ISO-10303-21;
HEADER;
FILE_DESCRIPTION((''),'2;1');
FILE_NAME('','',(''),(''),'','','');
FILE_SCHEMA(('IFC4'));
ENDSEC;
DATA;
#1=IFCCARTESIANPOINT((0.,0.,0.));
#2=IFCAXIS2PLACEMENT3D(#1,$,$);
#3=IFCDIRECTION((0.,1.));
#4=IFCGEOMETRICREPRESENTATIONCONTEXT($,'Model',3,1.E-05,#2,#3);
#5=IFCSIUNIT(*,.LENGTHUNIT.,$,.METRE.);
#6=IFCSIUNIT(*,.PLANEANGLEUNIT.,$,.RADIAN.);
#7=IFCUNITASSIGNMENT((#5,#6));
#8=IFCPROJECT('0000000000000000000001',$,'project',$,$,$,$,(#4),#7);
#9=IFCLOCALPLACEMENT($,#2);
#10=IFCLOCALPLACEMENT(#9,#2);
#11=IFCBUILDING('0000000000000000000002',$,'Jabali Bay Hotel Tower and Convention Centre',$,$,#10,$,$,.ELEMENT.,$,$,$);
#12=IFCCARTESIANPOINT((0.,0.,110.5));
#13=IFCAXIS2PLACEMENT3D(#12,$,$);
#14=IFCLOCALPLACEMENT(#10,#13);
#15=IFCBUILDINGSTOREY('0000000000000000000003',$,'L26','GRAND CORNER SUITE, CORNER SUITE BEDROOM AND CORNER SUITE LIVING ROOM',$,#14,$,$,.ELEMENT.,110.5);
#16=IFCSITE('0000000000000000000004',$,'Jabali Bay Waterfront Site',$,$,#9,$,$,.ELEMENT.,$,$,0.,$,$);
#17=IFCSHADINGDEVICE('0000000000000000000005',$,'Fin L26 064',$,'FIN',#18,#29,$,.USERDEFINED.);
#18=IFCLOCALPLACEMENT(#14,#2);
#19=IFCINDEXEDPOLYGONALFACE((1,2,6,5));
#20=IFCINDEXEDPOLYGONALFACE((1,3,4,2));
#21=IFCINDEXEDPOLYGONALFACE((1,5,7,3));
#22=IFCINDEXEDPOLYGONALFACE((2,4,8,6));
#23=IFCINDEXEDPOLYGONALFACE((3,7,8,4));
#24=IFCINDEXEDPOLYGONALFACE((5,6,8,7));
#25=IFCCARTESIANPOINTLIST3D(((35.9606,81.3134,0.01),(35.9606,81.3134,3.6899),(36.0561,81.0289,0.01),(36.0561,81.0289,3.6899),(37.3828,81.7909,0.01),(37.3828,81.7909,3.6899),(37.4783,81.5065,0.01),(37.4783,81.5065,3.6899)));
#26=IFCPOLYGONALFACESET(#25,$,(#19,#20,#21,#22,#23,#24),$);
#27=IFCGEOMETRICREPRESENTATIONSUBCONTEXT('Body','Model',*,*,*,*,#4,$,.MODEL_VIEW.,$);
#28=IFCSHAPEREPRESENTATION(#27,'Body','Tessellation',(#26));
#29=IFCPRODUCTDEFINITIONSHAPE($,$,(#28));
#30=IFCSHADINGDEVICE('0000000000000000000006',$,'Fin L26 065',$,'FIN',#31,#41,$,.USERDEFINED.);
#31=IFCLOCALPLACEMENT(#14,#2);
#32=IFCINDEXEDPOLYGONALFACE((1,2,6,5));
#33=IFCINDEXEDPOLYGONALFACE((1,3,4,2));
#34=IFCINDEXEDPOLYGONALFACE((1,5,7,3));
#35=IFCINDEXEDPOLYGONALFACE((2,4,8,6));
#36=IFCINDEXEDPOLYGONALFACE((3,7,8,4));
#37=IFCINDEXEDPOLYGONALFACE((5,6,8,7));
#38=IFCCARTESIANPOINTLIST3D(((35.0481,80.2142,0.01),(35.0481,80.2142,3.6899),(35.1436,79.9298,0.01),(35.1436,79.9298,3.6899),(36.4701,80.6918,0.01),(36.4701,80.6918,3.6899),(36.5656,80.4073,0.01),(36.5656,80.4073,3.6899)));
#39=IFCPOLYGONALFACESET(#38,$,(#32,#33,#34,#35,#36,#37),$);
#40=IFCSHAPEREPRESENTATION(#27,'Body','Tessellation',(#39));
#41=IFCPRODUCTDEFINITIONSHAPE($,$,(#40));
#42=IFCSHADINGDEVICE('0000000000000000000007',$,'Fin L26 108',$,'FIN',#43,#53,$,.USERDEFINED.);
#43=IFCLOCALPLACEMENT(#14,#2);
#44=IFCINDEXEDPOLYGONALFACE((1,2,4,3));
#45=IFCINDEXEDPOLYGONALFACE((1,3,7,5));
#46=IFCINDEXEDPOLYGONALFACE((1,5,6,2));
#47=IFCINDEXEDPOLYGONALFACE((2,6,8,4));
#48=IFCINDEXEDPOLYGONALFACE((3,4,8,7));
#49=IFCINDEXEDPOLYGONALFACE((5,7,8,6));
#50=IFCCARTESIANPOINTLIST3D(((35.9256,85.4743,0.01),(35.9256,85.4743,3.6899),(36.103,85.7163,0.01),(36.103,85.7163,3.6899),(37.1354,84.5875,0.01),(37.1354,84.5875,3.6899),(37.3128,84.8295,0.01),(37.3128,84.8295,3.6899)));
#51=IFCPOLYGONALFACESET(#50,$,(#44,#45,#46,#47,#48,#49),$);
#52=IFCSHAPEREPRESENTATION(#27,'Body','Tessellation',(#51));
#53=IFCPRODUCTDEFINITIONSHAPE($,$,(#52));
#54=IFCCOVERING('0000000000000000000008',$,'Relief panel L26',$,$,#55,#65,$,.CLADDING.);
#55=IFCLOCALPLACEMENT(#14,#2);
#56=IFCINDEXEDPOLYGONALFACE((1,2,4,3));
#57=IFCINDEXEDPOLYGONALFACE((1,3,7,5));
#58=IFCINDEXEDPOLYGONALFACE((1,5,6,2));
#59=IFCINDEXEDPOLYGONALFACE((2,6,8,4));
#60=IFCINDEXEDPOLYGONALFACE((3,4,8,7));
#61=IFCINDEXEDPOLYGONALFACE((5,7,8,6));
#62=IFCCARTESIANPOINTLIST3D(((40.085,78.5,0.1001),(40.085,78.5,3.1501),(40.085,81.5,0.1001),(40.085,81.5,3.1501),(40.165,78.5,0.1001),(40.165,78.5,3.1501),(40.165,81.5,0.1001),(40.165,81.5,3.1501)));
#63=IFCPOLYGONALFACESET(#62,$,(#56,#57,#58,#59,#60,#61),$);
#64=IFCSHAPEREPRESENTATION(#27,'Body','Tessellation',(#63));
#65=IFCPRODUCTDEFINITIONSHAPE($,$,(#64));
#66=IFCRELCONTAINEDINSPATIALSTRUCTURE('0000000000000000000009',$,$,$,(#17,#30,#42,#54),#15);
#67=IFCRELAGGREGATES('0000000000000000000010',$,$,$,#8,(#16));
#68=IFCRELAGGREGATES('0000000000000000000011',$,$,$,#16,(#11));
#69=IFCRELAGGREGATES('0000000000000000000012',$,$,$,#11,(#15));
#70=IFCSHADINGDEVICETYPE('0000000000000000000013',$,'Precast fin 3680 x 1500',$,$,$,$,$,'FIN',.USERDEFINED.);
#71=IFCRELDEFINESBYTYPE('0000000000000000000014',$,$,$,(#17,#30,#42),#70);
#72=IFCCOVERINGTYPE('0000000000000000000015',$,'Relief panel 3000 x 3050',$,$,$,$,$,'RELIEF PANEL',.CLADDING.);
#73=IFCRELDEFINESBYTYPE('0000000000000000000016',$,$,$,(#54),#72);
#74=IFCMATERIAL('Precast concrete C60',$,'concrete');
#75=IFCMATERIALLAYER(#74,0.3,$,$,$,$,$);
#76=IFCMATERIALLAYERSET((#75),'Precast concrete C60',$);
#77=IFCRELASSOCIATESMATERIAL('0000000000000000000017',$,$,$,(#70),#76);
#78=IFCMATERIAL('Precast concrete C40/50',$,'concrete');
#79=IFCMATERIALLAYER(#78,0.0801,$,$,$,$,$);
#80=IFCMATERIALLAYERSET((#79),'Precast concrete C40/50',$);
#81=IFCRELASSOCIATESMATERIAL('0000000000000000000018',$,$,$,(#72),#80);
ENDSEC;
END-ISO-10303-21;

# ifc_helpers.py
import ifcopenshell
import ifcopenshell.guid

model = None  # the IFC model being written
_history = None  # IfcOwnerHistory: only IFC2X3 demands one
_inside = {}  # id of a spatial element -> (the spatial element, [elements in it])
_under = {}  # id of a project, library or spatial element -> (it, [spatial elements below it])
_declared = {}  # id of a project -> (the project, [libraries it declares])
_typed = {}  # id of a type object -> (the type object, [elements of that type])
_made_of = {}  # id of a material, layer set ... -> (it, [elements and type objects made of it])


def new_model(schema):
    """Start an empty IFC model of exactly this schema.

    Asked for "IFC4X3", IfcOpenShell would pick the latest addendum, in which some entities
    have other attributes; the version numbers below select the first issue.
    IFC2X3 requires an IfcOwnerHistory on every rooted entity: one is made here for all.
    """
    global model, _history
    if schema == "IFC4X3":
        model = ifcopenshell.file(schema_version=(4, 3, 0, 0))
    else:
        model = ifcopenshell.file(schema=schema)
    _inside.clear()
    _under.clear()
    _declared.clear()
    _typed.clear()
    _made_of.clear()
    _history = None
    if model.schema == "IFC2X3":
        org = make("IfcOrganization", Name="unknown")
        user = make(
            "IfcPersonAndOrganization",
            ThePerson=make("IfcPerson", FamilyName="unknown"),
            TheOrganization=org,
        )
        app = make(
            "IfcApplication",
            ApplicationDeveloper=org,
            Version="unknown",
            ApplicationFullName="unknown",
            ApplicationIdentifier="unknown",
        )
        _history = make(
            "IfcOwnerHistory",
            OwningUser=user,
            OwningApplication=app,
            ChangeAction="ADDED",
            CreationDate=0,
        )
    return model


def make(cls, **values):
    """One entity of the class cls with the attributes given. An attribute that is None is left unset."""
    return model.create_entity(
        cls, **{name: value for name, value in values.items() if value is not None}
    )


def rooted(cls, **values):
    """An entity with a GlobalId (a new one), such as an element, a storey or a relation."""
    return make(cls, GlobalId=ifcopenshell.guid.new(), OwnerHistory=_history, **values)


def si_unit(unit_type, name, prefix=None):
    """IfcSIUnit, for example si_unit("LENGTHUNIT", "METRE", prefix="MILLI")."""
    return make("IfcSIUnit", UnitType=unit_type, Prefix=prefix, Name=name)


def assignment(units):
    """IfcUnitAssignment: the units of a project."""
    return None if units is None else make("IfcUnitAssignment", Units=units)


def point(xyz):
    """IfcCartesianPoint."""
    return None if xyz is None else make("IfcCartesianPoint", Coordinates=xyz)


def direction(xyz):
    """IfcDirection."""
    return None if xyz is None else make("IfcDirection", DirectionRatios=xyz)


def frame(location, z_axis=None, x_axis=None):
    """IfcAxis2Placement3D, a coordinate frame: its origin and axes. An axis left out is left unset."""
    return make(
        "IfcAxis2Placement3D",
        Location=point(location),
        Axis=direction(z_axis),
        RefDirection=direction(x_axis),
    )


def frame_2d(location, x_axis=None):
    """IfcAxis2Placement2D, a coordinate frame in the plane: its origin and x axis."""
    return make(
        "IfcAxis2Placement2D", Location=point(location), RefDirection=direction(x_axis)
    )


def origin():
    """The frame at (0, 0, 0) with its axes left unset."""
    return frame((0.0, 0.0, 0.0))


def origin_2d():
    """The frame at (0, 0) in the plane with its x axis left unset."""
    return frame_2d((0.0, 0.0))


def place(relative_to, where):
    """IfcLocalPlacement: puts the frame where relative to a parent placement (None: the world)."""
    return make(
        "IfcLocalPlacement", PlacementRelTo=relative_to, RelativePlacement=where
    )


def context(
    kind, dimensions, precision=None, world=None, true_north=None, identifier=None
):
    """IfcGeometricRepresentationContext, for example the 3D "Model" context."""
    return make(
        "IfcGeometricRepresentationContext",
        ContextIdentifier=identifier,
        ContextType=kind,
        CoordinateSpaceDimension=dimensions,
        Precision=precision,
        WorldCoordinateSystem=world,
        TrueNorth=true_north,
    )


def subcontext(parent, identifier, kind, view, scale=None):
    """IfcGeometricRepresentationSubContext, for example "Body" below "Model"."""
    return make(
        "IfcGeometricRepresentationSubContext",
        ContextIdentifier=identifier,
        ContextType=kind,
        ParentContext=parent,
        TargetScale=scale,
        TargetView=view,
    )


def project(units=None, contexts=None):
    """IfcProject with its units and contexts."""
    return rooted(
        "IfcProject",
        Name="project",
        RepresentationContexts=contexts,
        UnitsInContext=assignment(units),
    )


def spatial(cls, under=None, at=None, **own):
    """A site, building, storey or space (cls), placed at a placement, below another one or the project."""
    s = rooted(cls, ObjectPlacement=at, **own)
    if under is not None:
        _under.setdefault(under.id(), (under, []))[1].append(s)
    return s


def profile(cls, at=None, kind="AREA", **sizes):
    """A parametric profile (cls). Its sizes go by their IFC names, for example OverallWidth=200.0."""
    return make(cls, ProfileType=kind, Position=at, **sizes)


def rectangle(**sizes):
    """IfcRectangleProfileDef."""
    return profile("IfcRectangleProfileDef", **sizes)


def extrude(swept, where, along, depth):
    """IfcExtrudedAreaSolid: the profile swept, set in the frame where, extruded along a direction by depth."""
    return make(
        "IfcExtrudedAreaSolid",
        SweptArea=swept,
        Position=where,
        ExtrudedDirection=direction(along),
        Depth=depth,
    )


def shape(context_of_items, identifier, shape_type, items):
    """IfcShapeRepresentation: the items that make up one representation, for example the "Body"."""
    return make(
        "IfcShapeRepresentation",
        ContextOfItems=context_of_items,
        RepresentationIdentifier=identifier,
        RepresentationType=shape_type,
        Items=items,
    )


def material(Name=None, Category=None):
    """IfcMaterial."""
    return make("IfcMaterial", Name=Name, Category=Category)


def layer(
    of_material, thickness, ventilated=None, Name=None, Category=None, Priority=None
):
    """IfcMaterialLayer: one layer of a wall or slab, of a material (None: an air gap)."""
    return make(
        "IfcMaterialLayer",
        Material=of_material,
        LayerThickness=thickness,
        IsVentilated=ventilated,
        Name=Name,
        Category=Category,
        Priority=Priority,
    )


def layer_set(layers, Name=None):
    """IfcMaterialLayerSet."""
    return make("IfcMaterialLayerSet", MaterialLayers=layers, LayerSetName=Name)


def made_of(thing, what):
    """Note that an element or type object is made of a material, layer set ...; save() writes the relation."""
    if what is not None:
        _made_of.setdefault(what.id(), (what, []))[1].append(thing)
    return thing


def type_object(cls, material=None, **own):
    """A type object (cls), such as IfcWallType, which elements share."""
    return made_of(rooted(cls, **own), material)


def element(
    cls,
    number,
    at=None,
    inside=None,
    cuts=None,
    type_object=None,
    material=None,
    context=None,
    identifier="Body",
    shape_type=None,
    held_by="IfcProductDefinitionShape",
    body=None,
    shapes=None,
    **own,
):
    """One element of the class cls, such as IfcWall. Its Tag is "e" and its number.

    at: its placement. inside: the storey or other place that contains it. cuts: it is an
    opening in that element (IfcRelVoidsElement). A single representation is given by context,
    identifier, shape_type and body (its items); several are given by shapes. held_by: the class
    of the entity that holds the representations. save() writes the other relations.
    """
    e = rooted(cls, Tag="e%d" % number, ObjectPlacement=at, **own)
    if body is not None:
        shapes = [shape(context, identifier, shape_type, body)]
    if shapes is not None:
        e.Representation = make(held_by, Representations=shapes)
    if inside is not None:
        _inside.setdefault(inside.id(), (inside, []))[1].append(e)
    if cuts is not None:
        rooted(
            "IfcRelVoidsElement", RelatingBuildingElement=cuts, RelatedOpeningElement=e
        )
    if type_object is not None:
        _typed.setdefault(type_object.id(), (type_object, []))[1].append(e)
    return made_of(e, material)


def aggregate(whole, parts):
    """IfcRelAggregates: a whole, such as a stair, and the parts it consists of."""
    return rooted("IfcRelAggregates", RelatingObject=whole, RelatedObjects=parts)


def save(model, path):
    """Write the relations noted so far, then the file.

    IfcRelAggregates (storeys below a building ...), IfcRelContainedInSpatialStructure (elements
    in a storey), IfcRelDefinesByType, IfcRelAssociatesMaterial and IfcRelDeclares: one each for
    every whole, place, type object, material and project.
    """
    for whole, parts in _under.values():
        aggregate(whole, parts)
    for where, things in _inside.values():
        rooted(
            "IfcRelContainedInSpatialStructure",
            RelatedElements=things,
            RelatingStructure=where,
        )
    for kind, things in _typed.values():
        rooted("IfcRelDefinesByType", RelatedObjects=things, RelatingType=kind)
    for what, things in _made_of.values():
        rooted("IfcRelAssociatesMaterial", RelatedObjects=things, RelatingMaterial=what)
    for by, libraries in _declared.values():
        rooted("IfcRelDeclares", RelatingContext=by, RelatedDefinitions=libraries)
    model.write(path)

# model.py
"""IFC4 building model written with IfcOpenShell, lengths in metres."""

from ifc_helpers import new_model, si_unit, direction, frame, frame_2d, origin, origin_2d, place, context, subcontext, project, spatial, rectangle, extrude, material, layer, layer_set, type_object, element, save


model = new_model("IFC4")

# Units and contexts
model_context = context("Model", 3, precision=1e-05, world=origin(), true_north=direction((0.0, 1.0)))
body_context = subcontext(model_context, "Body", "Model", "MODEL_VIEW")
ifc_project = project(units=[si_unit("LENGTHUNIT", "METRE"), si_unit("PLANEANGLEUNIT", "RADIAN")], contexts=[model_context])

# Site, building, storey
site_placement = place(None, origin())
site = spatial("IfcSite", under=ifc_project, at=site_placement, Name="Jabali Bay Waterfront Site", CompositionType="ELEMENT", RefElevation=0.0)
building_placement = place(site_placement, origin())
building = spatial("IfcBuilding", under=site, at=building_placement, Name="Jabali Bay Hotel Tower and Convention Centre", CompositionType="ELEMENT")
storey_placement = place(building_placement, frame((0.0, 0.0, 110.5)))
storey = spatial("IfcBuildingStorey", under=building, at=storey_placement, Name="L26", Description="GRAND CORNER SUITE, CORNER SUITE BEDROOM AND CORNER SUITE LIVING ROOM", CompositionType="ELEMENT", Elevation=110.5)

# Shading devices
ifc_material_1 = material(Name="Precast concrete C60", Category="concrete")
ifc_layer_1 = layer(ifc_material_1, 0.3)
ifc_layer_set_1 = layer_set([ifc_layer_1], Name="Precast concrete C60")
shading_device_type = type_object("IfcShadingDeviceType", Name="Precast fin 3680 x 1500", ElementType="FIN", PredefinedType="USERDEFINED", material=ifc_layer_set_1)
shading_device_placement = place(storey_placement, frame((37.4304, 81.6487, 0.01), z_axis=(0.0, 0.0, 1.0), x_axis=(-0.947981, -0.318326, 0.0)))
element("IfcShadingDevice", 1, at=shading_device_placement, inside=storey, type_object=shading_device_type, Name="Fin L26 064", ObjectType="FIN", PredefinedType="USERDEFINED", context=body_context, shape_type="SweptSolid", body=[
    extrude(rectangle(XDim=1.5002, YDim=0.3, at=frame_2d((0.75, 0.0))), origin(), (0.0, 0.0, 1.0), 3.6799),
])
for number, where, z_axis, x_axis, name in (
    (2, (36.5178, 80.5496, 0.01), (0.0, 0.0, 1.0), (-0.947965, -0.318376, 0.0), "Fin L26 065"),
    (3, (37.2241, 84.7085, 0.01), (0.0, 0.0, 1.0), (-0.806534, 0.591187, 0.0), "Fin L26 108"),
):
    element("IfcShadingDevice", number, at=place(storey_placement, frame(where, z_axis=z_axis, x_axis=x_axis)), inside=storey, type_object=shading_device_type, Name=name, ObjectType="FIN", PredefinedType="USERDEFINED", context=body_context, shape_type="SweptSolid", body=[
        extrude(rectangle(XDim=1.5, YDim=0.3, at=frame_2d((0.75, 0.0))), origin(), (0.0, 0.0, 1.0), 3.6799),
    ])

# Covering
ifc_material_2 = material(Name="Precast concrete C40/50", Category="concrete")
ifc_layer_2 = layer(ifc_material_2, 0.0801)
ifc_layer_set_2 = layer_set([ifc_layer_2], Name="Precast concrete C40/50")
covering_type = type_object("IfcCoveringType", Name="Relief panel 3000 x 3050", ElementType="RELIEF PANEL", PredefinedType="CLADDING", material=ifc_layer_set_2)
covering_placement = place(storey_placement, frame((40.125, 80.0, 0.1001), z_axis=(0.0, 0.0, 1.0), x_axis=(0.0, 1.0, 0.0)))
element("IfcCovering", 4, at=covering_placement, inside=storey, type_object=covering_type, Name="Relief panel L26", PredefinedType="CLADDING", context=body_context, shape_type="SweptSolid", body=[
    extrude(rectangle(XDim=3.0, YDim=0.0801, at=origin_2d()), origin(), (0.0, 0.0, 1.0), 3.05),
])

save(model, "model.ifc")
